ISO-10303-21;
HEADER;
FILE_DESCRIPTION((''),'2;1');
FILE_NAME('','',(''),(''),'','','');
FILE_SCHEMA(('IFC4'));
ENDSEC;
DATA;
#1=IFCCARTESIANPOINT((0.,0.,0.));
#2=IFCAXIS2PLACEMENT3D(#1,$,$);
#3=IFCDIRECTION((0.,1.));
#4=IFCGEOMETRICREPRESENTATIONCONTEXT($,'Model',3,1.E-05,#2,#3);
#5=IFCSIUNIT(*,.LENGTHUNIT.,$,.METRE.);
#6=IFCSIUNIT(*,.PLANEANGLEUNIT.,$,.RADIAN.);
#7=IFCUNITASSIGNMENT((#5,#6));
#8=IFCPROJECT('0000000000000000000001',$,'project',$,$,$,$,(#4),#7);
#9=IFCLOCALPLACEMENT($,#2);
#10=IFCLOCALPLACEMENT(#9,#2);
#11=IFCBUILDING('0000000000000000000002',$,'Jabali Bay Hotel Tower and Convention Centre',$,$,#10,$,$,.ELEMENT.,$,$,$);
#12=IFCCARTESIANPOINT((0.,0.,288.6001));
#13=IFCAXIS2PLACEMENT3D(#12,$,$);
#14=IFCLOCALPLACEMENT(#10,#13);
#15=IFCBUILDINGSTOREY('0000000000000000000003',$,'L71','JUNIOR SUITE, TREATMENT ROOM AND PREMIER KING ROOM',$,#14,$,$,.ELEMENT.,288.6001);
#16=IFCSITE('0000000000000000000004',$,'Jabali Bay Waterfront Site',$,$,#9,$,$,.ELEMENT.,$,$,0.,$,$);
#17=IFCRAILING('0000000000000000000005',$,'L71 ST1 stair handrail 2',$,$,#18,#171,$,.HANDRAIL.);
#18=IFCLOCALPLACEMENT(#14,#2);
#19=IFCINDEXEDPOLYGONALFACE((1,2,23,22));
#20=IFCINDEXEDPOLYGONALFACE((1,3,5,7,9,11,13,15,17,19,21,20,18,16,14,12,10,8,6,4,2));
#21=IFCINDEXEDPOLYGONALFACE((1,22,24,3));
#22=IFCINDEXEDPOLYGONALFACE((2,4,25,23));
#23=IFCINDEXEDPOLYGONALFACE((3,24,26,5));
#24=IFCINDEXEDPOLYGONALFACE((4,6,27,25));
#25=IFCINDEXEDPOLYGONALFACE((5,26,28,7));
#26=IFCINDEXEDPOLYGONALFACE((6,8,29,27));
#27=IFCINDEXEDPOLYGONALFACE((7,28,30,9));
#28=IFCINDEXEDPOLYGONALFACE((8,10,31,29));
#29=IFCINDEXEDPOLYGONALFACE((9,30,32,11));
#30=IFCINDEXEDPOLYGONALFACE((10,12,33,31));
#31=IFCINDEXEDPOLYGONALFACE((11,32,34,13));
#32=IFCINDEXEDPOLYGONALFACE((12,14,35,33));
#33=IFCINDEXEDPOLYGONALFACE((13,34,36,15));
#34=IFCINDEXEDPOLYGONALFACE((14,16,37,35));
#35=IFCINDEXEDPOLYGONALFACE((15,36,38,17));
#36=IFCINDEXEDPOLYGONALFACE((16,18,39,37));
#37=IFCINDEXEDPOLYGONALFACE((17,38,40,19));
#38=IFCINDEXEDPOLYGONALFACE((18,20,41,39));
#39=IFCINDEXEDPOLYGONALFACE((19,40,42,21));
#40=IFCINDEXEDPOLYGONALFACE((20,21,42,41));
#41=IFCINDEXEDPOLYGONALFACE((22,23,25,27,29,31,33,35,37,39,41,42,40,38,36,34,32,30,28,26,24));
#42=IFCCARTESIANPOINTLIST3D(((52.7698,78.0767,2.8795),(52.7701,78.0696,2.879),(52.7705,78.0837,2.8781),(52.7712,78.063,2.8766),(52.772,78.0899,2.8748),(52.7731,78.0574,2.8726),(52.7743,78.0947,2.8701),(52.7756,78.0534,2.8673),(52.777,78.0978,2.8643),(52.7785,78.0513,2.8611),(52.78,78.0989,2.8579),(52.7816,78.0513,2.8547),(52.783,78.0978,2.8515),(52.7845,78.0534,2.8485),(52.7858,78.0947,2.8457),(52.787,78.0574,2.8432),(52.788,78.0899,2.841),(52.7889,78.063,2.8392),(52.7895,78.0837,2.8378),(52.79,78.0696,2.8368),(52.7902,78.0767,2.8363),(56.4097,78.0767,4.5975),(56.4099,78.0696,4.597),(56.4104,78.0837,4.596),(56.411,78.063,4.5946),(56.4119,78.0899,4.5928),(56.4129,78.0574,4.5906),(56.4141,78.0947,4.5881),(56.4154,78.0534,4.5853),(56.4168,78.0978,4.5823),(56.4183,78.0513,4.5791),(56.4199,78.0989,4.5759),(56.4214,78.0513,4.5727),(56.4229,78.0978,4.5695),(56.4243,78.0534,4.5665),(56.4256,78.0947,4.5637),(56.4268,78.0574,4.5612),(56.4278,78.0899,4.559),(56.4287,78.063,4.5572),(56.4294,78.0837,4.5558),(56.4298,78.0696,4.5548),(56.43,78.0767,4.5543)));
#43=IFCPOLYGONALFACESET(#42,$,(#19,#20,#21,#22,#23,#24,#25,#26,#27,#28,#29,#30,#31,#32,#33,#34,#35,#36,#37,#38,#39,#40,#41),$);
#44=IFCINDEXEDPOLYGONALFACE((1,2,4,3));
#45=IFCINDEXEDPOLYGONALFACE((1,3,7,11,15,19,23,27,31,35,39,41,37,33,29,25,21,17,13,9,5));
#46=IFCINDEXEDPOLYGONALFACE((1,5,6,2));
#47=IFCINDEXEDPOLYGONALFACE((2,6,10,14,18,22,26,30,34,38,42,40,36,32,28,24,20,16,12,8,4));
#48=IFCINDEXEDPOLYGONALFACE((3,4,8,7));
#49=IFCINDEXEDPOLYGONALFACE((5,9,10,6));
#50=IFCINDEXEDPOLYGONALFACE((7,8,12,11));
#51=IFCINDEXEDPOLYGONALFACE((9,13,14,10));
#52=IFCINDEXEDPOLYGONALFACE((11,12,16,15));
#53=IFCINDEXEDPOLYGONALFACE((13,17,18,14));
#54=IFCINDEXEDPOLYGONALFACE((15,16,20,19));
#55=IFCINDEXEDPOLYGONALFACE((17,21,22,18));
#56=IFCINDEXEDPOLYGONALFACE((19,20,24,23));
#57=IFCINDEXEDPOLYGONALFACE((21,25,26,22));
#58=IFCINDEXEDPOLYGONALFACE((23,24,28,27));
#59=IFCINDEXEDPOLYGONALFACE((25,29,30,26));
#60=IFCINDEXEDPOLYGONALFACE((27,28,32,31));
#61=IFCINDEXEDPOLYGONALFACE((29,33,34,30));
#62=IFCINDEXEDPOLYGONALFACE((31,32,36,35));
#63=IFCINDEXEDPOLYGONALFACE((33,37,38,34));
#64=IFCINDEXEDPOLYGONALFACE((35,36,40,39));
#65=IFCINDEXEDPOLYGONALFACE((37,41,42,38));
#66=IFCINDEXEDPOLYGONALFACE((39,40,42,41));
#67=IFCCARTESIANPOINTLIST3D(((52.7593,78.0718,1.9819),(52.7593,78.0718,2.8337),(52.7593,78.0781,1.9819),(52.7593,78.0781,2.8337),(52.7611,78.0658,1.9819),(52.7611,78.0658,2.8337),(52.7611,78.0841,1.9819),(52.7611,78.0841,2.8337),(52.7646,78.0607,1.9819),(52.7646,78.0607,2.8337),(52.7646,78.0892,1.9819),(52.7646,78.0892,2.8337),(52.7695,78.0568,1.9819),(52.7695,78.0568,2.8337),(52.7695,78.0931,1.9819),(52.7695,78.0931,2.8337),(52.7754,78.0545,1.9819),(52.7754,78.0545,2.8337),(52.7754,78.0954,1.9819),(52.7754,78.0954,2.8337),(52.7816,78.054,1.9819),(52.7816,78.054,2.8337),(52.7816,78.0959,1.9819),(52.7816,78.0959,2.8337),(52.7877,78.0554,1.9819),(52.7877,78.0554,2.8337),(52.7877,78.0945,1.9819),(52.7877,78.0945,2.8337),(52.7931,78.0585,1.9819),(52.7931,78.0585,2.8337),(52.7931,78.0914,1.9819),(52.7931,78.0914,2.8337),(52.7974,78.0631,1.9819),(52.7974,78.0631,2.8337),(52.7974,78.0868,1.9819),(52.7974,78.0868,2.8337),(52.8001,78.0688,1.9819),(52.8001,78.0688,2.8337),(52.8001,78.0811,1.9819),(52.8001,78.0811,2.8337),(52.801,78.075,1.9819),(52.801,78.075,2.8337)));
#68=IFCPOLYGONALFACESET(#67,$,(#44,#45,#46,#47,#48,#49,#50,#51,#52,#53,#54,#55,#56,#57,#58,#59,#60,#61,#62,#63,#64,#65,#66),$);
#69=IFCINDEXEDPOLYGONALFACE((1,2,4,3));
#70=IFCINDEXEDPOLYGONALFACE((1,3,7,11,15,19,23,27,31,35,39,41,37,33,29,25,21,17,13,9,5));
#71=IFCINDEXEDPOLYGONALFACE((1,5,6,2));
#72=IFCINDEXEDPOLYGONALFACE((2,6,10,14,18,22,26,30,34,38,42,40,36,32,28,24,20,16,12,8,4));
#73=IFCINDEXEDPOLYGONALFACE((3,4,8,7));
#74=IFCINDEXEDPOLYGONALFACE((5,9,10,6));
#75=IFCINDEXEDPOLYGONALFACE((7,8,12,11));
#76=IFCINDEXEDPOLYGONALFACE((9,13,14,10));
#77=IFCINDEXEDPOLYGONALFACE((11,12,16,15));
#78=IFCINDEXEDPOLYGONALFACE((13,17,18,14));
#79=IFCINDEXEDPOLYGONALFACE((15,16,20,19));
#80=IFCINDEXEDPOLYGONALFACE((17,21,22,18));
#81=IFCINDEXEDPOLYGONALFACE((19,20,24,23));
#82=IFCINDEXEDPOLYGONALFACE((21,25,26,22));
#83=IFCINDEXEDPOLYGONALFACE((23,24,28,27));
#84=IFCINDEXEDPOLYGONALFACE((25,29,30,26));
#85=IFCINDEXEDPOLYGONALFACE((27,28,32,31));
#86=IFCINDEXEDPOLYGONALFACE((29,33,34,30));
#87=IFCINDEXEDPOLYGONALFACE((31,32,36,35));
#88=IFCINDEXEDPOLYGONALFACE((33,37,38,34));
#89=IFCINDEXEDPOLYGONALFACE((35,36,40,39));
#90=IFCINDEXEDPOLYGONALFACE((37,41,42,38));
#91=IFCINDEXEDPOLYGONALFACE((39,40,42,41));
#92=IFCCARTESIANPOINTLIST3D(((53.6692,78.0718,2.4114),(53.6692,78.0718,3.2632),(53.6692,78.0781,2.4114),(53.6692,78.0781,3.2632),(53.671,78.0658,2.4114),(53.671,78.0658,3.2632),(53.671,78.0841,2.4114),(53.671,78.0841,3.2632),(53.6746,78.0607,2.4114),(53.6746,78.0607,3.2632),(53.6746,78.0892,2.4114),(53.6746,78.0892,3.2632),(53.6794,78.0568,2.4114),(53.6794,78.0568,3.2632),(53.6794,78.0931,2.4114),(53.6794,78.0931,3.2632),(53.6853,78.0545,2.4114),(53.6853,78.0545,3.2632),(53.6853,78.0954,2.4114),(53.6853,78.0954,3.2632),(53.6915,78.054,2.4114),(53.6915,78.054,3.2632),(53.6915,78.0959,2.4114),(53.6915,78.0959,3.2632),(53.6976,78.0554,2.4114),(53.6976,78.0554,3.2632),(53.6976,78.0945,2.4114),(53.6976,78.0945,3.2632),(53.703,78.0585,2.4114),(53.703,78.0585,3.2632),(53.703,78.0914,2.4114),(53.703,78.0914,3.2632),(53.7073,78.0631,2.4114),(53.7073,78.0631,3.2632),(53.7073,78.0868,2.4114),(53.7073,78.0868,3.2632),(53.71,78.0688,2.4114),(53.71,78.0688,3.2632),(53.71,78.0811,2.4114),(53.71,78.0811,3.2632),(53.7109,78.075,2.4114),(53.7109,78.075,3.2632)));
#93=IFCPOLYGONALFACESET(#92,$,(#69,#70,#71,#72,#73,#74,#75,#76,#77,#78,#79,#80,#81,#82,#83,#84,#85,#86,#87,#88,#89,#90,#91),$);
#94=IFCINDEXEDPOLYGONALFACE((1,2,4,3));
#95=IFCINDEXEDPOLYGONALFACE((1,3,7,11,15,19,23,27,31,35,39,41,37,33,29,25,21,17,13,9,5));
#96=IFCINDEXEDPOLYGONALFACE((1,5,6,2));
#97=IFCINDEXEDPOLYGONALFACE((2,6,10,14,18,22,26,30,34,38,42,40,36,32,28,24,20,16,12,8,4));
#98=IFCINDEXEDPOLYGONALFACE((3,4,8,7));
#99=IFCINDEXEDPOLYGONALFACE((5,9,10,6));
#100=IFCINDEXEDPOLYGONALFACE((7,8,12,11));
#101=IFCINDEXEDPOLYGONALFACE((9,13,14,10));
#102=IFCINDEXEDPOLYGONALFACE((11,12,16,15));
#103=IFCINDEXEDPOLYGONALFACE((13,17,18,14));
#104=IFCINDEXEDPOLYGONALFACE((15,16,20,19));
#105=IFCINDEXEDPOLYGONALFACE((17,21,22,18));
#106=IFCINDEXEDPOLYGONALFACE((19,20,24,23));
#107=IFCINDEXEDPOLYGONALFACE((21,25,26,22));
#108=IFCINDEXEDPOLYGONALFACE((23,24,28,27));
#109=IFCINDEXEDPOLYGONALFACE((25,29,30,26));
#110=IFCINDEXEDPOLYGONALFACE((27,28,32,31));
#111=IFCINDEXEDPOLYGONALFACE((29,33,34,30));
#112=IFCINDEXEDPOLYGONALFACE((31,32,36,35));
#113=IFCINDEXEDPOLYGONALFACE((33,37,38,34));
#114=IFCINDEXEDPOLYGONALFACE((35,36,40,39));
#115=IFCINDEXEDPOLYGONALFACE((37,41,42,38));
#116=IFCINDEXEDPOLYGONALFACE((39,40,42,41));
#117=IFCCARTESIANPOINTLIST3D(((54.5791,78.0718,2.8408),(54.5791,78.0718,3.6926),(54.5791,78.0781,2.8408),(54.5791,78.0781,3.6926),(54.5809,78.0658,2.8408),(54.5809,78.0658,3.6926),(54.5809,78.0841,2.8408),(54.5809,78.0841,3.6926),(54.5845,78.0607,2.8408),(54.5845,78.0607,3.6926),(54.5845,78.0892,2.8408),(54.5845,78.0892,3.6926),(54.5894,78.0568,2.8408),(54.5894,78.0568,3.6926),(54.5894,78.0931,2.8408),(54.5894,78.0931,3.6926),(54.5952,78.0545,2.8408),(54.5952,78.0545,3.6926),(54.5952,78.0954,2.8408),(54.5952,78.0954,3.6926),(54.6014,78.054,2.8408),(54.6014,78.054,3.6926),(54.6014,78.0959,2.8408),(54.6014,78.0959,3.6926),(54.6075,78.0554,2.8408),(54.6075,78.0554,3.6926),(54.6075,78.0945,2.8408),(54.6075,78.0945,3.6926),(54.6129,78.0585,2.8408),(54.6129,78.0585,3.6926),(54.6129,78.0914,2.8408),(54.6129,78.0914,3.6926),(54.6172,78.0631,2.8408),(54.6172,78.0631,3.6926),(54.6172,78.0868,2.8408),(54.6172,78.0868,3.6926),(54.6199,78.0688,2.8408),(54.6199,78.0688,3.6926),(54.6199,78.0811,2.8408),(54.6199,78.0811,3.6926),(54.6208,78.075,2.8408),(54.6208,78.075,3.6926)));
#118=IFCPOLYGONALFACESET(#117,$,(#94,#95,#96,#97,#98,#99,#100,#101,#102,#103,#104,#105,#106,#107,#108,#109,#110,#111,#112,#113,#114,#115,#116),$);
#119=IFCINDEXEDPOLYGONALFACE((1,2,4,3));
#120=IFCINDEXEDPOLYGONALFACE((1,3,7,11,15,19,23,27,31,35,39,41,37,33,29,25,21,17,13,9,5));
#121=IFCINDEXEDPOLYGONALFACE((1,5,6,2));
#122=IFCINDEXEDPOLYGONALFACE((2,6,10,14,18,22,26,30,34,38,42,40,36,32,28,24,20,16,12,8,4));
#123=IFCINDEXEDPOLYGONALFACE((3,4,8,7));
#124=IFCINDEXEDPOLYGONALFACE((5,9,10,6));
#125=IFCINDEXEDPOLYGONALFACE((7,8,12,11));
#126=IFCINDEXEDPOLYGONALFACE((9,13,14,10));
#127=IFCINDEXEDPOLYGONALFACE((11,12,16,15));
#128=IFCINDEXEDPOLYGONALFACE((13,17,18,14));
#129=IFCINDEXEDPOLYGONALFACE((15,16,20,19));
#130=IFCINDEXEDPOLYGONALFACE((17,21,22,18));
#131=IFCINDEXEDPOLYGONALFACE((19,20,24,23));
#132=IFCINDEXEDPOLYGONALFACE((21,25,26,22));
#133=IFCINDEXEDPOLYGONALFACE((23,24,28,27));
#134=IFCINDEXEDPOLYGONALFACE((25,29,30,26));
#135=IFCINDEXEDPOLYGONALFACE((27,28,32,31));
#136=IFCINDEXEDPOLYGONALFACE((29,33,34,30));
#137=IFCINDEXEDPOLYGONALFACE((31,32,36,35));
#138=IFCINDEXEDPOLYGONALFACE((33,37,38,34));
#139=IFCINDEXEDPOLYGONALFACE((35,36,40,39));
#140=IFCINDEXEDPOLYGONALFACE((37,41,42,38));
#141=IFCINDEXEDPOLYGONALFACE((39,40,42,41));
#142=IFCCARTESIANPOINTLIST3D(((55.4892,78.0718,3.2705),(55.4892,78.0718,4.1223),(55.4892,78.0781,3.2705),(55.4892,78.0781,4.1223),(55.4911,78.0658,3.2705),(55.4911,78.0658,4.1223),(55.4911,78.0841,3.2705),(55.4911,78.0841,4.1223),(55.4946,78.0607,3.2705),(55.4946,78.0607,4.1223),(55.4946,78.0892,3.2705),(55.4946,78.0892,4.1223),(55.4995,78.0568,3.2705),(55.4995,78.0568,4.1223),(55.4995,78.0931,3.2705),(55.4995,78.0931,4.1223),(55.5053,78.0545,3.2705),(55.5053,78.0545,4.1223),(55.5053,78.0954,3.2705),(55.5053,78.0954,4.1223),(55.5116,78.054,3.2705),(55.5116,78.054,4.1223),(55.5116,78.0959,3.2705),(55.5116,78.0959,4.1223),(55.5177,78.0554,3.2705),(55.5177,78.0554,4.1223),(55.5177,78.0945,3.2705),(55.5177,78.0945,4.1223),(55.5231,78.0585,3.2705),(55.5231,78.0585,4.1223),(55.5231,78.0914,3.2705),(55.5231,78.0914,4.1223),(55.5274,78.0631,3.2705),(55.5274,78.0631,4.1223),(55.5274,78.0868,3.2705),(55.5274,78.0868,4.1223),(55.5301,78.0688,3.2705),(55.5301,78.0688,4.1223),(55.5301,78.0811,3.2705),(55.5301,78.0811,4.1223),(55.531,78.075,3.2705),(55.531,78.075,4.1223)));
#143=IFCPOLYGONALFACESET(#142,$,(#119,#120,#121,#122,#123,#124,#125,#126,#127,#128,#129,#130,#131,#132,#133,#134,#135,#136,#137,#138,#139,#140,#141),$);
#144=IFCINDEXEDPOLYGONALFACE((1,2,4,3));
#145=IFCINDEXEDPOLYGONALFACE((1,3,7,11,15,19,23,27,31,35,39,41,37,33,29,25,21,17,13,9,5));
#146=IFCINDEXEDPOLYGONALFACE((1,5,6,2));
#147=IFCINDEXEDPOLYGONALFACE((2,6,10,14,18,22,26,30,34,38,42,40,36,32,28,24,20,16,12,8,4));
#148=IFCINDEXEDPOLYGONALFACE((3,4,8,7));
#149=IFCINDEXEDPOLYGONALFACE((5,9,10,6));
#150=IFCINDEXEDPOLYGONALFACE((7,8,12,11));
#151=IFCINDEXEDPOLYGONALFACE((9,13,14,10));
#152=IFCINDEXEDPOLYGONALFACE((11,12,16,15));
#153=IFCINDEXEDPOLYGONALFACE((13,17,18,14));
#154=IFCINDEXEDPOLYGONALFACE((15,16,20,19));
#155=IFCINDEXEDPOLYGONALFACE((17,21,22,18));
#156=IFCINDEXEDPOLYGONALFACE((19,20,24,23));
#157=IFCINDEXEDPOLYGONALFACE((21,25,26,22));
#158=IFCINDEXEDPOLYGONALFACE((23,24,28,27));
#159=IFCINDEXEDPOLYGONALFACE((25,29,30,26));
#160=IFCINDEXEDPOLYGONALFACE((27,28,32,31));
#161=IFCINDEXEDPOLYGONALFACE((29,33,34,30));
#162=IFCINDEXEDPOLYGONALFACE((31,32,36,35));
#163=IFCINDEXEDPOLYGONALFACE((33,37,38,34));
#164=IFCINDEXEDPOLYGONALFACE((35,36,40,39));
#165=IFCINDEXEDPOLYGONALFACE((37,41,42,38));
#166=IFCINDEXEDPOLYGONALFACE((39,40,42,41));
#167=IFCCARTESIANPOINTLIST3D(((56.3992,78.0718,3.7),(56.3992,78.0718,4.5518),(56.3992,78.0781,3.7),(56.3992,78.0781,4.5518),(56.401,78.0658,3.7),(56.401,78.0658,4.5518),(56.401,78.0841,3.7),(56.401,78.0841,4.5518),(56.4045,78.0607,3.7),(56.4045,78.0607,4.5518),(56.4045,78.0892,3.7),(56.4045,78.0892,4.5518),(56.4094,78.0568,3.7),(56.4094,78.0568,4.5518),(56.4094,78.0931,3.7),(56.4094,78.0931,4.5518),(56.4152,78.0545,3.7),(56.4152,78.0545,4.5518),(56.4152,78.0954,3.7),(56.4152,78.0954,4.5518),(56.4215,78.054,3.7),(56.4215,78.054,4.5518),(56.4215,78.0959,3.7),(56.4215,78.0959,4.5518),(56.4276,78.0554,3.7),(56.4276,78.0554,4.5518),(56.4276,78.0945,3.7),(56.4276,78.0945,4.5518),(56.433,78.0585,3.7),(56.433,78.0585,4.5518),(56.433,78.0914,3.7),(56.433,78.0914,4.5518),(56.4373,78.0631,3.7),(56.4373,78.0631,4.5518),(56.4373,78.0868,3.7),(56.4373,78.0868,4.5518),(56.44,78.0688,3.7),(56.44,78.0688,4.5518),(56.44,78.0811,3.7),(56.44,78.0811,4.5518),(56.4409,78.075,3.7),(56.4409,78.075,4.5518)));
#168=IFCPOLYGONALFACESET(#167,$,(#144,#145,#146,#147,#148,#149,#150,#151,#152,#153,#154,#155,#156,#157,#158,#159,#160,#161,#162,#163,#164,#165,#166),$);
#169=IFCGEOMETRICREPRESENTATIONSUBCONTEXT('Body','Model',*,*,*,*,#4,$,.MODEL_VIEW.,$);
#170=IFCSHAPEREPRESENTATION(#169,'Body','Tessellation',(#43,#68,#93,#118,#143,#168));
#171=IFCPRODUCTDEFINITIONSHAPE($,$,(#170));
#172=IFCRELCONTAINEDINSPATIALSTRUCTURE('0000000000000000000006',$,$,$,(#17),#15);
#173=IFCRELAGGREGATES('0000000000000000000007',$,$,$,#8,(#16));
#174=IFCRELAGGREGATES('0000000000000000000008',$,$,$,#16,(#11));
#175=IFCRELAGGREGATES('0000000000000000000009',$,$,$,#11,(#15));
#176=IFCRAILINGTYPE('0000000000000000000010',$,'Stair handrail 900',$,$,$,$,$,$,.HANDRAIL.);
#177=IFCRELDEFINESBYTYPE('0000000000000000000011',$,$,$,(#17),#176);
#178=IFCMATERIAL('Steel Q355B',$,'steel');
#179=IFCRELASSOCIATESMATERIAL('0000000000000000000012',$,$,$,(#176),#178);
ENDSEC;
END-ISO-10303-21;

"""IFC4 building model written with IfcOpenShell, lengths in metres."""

from ifc_helpers import new_model, si_unit, direction, frame, origin, origin_2d, place, context, subcontext, project, spatial, circle, extrude, material, type_object, element, save


model = new_model("IFC4")

# Units and contexts
model_context = context("Model", 3, precision=1e-05, world=origin(), true_north=direction((0.0, 1.0)))
body_context = subcontext(model_context, "Body", "Model", "MODEL_VIEW")
ifc_project = project(units=[si_unit("LENGTHUNIT", "METRE"), si_unit("PLANEANGLEUNIT", "RADIAN")], contexts=[model_context])

# Site, building, storey
site_placement = place(None, origin())
site = spatial("IfcSite", under=ifc_project, at=site_placement, Name="Jabali Bay Waterfront Site", CompositionType="ELEMENT", RefElevation=0.0)
building_placement = place(site_placement, origin())
building = spatial("IfcBuilding", under=site, at=building_placement, Name="Jabali Bay Hotel Tower and Convention Centre", CompositionType="ELEMENT")
storey_placement = place(building_placement, frame((0.0, 0.0, 288.6001)))
storey = spatial("IfcBuildingStorey", under=building, at=storey_placement, Name="L71", Description="JUNIOR SUITE, TREATMENT ROOM AND PREMIER KING ROOM", CompositionType="ELEMENT", Elevation=288.6001)

# Railing
ifc_material_1 = material(Name="Steel Q355B", Category="steel")
railing_type = type_object("IfcRailingType", Name="Stair handrail 900", PredefinedType="HANDRAIL", material=ifc_material_1)
railing_placement = place(storey_placement, frame((52.78, 78.075, 1.9819)))
element("IfcRailing", 1, at=railing_placement, inside=storey, type_object=railing_type, Name="L71 ST1 stair handrail 2", PredefinedType="HANDRAIL", context=body_context, shape_type="SweptSolid", body=[
    extrude(circle(Radius=0.0239, at=origin_2d()), frame((0.0, 0.0, 0.876), z_axis=(0.904327, 0.0, 0.42684), x_axis=(0.0, 1.0, 0.0)), (0.0, 0.0, 1.0), 4.0249),
    extrude(circle(Radius=0.021, at=origin_2d()), origin(), (0.0, 0.0, 1.0), 0.8518),
    extrude(circle(Radius=0.021, at=origin_2d()), frame((0.9099, 0.0, 0.4294)), (0.0, 0.0, 1.0), 0.8518),
    extrude(circle(Radius=0.021, at=origin_2d()), frame((1.8198, 0.0, 0.8589)), (0.0, 0.0, 1.0), 0.8518),
    extrude(circle(Radius=0.021, at=origin_2d()), frame((2.73, 0.0, 1.2886)), (0.0, 0.0, 1.0), 0.8518),
    extrude(circle(Radius=0.021, at=origin_2d()), frame((3.6399, 0.0, 1.718)), (0.0, 0.0, 1.0), 0.8518),
])

save(model, "model.ifc")
